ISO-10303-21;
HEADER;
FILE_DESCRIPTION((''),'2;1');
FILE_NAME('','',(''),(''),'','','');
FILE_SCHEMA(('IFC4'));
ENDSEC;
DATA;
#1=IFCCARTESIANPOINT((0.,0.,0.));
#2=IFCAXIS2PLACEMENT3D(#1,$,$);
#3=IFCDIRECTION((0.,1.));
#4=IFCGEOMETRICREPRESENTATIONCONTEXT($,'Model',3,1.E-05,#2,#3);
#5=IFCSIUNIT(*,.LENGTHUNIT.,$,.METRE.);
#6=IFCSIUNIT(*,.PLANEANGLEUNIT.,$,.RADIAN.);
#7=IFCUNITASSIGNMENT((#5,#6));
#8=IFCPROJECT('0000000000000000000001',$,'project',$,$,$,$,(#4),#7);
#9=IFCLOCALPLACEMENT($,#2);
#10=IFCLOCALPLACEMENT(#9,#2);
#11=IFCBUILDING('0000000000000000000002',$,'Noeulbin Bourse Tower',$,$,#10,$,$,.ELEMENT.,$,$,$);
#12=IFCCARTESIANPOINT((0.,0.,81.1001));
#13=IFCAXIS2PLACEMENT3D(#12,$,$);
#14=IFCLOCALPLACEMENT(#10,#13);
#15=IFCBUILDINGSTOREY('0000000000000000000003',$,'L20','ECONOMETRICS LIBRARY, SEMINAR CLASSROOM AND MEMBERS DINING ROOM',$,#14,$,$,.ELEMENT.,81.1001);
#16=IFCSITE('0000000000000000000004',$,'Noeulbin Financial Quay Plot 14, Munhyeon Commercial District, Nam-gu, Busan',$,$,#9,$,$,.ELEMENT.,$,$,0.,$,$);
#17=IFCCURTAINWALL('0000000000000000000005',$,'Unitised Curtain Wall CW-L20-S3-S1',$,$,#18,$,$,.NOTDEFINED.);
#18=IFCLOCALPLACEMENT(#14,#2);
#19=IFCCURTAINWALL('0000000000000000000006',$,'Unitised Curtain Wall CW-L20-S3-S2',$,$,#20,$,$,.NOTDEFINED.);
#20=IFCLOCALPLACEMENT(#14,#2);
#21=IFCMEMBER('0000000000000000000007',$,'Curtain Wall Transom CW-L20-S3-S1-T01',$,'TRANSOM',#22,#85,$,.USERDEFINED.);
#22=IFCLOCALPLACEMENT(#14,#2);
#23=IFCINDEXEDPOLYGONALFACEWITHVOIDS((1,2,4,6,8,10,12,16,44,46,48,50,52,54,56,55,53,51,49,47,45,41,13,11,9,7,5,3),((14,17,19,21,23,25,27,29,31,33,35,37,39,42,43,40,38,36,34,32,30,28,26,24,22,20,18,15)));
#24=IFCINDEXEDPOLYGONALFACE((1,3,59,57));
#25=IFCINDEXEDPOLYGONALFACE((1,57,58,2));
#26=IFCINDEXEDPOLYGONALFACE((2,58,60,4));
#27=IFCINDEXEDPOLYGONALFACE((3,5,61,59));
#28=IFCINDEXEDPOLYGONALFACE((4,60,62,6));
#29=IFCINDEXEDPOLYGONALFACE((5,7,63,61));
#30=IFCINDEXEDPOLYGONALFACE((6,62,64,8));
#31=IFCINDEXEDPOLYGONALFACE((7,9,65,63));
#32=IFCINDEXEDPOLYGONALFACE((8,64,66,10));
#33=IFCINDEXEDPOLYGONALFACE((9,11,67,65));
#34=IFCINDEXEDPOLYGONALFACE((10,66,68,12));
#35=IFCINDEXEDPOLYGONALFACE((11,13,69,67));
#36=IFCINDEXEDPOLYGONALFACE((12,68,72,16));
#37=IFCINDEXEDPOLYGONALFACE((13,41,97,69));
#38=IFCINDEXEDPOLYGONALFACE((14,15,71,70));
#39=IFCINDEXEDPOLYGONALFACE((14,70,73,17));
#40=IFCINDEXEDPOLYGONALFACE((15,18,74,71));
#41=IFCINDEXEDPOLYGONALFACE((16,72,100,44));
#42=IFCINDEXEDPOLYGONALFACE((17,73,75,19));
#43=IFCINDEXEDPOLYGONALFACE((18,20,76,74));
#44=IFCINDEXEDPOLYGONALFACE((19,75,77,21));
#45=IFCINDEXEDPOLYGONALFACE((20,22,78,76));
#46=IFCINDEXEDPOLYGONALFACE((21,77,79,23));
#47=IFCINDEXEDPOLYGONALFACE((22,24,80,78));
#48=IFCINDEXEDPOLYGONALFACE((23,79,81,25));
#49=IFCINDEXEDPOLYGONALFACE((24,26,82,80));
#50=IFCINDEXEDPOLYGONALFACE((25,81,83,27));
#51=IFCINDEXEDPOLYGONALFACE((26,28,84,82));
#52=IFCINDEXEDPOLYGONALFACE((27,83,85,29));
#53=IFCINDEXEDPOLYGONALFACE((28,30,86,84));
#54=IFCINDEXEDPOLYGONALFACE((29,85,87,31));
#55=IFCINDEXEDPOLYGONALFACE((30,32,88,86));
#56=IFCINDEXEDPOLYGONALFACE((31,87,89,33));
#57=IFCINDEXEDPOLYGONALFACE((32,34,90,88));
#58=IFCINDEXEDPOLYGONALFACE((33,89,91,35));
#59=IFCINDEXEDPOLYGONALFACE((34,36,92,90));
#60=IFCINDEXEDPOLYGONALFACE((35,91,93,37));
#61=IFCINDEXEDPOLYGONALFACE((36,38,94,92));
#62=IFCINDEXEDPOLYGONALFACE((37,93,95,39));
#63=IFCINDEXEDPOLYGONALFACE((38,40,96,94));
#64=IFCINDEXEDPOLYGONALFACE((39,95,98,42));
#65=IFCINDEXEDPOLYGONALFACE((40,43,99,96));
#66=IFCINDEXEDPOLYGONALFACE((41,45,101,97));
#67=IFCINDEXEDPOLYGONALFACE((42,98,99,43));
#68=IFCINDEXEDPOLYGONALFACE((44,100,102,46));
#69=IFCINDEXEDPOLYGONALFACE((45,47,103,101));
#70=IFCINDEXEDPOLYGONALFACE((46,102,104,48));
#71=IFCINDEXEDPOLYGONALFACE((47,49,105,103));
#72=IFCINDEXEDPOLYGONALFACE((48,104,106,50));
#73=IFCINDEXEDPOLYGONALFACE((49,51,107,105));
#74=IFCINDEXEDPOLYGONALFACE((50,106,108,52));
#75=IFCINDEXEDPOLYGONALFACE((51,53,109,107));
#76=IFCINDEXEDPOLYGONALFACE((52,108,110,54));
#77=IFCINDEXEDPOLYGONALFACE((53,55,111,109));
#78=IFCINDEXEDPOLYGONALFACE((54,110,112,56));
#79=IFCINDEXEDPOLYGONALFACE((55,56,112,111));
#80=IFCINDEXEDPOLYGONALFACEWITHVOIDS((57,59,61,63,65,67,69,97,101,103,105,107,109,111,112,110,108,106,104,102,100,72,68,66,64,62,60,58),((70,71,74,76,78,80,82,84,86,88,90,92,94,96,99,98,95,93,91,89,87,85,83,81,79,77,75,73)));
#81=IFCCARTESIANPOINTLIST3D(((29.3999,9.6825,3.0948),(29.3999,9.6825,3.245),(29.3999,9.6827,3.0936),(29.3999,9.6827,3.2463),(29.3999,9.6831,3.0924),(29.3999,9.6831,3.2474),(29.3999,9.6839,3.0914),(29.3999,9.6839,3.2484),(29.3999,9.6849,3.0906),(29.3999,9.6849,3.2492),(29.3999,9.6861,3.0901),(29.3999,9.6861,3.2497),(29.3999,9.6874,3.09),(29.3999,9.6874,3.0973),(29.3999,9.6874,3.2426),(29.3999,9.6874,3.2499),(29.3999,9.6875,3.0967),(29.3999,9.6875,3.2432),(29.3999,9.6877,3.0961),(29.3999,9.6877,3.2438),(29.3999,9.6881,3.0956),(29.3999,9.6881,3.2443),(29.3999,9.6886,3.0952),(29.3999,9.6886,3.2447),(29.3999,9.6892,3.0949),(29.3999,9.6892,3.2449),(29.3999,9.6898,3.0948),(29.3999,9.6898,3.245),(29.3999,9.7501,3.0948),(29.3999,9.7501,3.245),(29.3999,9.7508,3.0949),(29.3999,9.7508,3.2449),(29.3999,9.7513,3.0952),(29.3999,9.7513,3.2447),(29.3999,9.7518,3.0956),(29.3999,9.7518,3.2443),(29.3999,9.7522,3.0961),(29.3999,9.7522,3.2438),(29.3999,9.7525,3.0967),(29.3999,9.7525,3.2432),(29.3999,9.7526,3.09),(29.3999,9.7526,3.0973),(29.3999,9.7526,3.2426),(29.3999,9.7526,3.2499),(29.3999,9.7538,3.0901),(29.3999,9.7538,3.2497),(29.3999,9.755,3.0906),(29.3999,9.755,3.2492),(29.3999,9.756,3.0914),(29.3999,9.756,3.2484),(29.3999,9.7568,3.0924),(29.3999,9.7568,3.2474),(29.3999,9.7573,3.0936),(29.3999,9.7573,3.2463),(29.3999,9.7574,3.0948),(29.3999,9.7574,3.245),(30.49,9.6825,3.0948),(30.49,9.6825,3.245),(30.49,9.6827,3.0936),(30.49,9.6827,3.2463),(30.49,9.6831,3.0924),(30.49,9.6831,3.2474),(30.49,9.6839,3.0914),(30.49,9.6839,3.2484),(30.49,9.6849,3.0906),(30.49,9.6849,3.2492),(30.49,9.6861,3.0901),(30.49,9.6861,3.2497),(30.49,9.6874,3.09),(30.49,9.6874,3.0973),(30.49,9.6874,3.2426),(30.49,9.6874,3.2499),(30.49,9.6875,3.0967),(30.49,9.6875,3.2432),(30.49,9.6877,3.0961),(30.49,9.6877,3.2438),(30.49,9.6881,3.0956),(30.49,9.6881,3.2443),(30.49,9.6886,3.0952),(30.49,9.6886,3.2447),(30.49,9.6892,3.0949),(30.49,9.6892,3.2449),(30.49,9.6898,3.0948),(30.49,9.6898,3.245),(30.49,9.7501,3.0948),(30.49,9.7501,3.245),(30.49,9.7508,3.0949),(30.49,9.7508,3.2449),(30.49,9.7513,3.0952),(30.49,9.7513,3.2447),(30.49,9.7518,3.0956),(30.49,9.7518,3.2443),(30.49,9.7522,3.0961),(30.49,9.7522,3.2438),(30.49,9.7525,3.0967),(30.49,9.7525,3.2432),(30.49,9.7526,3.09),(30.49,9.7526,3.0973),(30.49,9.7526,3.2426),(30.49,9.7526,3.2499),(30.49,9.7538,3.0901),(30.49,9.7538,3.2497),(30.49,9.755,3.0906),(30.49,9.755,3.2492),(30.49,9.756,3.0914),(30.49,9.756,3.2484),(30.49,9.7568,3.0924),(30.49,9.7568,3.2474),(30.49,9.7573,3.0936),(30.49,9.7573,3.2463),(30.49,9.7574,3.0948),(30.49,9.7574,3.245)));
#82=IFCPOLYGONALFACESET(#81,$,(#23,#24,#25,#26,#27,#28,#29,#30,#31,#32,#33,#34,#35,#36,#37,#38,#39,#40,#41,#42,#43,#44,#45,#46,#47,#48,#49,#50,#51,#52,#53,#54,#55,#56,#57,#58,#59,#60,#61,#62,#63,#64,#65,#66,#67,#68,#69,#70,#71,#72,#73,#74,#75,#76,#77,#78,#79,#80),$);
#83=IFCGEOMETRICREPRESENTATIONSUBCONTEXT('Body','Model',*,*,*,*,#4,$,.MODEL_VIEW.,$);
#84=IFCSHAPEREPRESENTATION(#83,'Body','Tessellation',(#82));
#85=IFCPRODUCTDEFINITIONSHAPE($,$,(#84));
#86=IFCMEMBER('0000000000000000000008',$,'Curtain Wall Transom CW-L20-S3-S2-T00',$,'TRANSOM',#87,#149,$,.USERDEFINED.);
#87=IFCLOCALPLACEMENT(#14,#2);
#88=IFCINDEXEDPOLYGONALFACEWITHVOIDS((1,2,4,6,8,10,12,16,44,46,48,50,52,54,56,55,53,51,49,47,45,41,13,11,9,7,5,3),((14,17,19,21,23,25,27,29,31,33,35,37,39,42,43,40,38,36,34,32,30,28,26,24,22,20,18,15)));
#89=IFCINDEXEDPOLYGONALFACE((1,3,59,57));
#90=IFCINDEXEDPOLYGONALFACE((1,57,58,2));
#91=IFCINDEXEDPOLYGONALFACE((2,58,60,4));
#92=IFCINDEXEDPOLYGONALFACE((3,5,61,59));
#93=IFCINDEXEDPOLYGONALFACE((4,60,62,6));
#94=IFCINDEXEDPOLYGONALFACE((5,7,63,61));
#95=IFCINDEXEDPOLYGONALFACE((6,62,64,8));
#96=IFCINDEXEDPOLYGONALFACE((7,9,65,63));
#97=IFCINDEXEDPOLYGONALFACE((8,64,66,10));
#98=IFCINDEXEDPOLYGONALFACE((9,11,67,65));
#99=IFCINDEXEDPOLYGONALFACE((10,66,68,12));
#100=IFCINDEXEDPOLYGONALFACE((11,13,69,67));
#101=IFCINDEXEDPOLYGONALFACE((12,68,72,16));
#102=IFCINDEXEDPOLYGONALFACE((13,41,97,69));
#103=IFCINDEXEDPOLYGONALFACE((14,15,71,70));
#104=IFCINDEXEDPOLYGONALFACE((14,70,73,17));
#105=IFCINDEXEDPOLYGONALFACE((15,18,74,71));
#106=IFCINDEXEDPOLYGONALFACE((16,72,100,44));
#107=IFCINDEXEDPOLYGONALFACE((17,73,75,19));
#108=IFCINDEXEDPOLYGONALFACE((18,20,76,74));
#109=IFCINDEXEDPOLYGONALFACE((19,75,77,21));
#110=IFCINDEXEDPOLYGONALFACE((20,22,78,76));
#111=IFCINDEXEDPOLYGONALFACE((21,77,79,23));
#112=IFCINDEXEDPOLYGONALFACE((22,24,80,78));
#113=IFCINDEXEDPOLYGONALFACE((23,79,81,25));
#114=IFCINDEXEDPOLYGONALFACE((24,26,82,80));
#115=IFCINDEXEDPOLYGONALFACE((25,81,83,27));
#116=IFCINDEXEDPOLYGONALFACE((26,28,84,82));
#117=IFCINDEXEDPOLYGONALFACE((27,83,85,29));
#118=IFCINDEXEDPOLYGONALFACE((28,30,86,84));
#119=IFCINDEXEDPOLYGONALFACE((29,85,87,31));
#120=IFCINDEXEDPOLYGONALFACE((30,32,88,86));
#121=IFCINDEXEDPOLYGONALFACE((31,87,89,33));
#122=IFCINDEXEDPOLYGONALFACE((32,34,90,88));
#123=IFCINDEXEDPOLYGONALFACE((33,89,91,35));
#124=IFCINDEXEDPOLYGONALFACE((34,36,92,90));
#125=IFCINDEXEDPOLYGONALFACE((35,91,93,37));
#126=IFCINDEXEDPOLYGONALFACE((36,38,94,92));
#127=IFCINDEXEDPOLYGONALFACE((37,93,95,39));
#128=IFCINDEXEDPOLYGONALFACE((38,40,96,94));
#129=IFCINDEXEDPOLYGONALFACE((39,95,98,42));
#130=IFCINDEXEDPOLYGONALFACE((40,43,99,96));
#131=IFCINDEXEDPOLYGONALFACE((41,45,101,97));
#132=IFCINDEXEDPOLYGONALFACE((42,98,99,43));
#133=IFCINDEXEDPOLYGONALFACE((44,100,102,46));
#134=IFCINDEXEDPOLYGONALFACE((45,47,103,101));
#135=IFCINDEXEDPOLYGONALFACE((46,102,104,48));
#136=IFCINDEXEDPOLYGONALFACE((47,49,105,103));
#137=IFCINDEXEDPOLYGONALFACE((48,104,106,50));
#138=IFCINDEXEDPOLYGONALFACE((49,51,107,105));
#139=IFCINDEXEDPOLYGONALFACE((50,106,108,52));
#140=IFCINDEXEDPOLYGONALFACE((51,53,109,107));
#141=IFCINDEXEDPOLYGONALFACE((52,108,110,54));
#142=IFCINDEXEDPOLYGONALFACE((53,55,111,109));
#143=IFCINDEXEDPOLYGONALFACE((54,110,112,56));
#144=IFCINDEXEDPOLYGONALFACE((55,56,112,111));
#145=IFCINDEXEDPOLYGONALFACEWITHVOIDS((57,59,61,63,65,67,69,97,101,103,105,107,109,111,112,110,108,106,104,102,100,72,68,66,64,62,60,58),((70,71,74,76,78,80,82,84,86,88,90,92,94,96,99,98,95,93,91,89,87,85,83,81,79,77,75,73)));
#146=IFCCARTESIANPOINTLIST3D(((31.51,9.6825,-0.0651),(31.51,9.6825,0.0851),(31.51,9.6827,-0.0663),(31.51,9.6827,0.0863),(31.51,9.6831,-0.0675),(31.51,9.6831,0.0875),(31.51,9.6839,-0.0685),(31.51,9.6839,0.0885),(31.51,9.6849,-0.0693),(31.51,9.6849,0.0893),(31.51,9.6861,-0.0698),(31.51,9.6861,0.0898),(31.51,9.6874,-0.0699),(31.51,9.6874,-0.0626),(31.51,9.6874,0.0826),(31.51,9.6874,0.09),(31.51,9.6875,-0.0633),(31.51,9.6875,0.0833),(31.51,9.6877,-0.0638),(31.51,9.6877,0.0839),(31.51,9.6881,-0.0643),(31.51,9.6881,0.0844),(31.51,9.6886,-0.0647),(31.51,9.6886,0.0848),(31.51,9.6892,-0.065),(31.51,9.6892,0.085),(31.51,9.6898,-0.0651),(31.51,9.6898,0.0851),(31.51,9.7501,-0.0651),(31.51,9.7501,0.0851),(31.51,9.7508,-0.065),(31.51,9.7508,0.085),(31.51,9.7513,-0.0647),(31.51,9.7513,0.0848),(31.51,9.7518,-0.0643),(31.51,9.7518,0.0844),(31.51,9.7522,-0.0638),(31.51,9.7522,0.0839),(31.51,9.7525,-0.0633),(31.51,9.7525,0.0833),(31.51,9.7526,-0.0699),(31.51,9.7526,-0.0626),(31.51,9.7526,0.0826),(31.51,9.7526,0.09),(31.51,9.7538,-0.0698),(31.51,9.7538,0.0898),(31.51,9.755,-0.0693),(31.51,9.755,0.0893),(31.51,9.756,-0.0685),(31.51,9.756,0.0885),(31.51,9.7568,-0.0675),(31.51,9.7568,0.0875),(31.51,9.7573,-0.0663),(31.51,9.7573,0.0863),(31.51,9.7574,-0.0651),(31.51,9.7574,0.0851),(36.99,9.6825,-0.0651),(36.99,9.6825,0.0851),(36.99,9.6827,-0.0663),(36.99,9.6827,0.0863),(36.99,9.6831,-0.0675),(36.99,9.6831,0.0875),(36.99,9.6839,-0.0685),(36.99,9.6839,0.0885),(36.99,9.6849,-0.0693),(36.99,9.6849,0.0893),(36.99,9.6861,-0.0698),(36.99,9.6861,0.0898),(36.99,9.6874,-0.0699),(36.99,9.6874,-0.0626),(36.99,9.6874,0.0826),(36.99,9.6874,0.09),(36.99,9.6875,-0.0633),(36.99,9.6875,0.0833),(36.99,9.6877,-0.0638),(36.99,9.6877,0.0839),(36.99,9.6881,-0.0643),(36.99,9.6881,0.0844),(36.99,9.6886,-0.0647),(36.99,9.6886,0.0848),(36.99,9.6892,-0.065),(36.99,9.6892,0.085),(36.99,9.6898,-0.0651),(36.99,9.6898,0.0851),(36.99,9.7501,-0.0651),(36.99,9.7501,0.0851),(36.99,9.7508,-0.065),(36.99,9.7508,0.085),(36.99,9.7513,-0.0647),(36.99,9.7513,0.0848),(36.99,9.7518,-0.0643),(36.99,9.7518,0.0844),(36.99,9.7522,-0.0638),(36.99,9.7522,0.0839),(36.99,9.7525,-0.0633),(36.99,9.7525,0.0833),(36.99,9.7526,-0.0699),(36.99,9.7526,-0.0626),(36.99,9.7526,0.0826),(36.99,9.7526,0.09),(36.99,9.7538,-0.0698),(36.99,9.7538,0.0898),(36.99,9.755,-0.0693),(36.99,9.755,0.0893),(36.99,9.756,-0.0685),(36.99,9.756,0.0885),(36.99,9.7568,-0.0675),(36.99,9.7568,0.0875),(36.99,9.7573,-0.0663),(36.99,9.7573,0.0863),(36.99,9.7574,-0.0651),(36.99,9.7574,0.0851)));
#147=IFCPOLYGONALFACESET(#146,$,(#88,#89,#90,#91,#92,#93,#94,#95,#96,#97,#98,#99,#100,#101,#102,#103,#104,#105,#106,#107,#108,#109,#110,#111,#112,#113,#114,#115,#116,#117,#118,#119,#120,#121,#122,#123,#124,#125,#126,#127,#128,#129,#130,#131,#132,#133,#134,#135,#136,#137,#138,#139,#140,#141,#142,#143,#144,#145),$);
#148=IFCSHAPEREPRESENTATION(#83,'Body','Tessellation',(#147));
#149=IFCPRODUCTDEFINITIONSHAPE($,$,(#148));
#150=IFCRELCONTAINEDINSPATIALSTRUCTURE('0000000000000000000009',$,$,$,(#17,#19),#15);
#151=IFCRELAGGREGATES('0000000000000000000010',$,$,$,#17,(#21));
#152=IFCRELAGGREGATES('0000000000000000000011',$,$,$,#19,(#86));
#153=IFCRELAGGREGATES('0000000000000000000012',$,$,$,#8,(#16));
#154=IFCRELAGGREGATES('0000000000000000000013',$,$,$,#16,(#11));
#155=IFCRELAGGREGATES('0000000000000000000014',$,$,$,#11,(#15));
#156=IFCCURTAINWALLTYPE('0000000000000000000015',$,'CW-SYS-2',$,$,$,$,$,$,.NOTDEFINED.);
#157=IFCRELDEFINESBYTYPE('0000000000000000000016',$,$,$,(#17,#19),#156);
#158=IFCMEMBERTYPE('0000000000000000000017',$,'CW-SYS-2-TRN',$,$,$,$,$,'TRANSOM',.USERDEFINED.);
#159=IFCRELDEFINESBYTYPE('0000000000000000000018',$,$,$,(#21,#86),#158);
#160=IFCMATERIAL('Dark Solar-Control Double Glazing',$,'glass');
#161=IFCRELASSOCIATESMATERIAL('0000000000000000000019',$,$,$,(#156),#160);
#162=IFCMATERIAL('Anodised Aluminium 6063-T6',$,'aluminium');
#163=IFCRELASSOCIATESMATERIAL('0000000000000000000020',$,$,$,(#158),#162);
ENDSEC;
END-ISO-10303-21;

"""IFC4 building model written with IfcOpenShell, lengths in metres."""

from ifc_helpers import new_model, si_unit, direction, frame, origin, origin_2d, place, context, subcontext, project, spatial, hollow_rectangle, extrude, material, material_profile, profile_set, type_object, element, aggregate, save


model = new_model("IFC4")

# Units and contexts
model_context = context("Model", 3, precision=1e-05, world=origin(), true_north=direction((0.0, 1.0)))
body_context = subcontext(model_context, "Body", "Model", "MODEL_VIEW")
ifc_project = project(units=[si_unit("LENGTHUNIT", "METRE"), si_unit("PLANEANGLEUNIT", "RADIAN")], contexts=[model_context])

# Site, building, storey
site_placement = place(None, origin())
site = spatial("IfcSite", under=ifc_project, at=site_placement, Name="Noeulbin Financial Quay Plot 14, Munhyeon Commercial District, Nam-gu, Busan", CompositionType="ELEMENT", RefElevation=0.0)
building_placement = place(site_placement, origin())
building = spatial("IfcBuilding", under=site, at=building_placement, Name="Noeulbin Bourse Tower", CompositionType="ELEMENT")
storey_placement = place(building_placement, frame((0.0, 0.0, 81.1001)))
storey = spatial("IfcBuildingStorey", under=building, at=storey_placement, Name="L20", Description="ECONOMETRICS LIBRARY, SEMINAR CLASSROOM AND MEMBERS DINING ROOM", CompositionType="ELEMENT", Elevation=81.1001)

# Curtain walls
ifc_material_1 = material(Name="Dark Solar-Control Double Glazing", Category="glass")
curtain_wall_type = type_object("IfcCurtainWallType", Name="CW-SYS-2", PredefinedType="NOTDEFINED", material=ifc_material_1)
curtain_wall_1_placement = place(storey_placement, origin())
curtain_wall_1 = element("IfcCurtainWall", 1, at=curtain_wall_1_placement, inside=storey, type_object=curtain_wall_type, Name="Unitised Curtain Wall CW-L20-S3-S1", PredefinedType="NOTDEFINED")
ifc_material_2 = material(Name="Anodised Aluminium 6063-T6", Category="aluminium")
curtain_wall_2_placement = place(storey_placement, origin())
curtain_wall_2 = element("IfcCurtainWall", 2, at=curtain_wall_2_placement, inside=storey, type_object=curtain_wall_type, Name="Unitised Curtain Wall CW-L20-S3-S2", PredefinedType="NOTDEFINED")

# Members
ifc_material_profile_1 = material_profile(ifc_material_2, hollow_rectangle(XDim=0.075, YDim=0.1599, WallThickness=0.0049, InnerFilletRadius=0.0024, OuterFilletRadius=0.0049, at=origin_2d()), Name="ALU-TRAN-75x160x5", Category="LoadBearing")
ifc_profile_set_1 = profile_set([ifc_material_profile_1], Name="Anodised Aluminium 6063-T6")
member_type_1 = type_object("IfcMemberType", Name="CW-SYS-2-TRN", ElementType="TRANSOM", PredefinedType="USERDEFINED", material=ifc_profile_set_1)
member_1_placement = place(storey_placement, frame((29.3999, 9.72, 3.1699), z_axis=(1.0, 0.0, 0.0), x_axis=(0.0, 1.0, 0.0)))
member_1 = element("IfcMember", 3, at=member_1_placement, type_object=member_type_1, Name="Curtain Wall Transom CW-L20-S3-S1-T01", ObjectType="TRANSOM", PredefinedType="USERDEFINED", context=body_context, shape_type="SweptSolid", body=[
    extrude(hollow_rectangle(XDim=0.075, YDim=0.1599, WallThickness=0.0049, InnerFilletRadius=0.0024, OuterFilletRadius=0.0049, at=origin_2d()), origin(), (0.0, 0.0, 1.0), 1.0901),
])
member_2_placement = place(storey_placement, frame((31.51, 9.72, 0.01), z_axis=(1.0, 0.0, 0.0), x_axis=(0.0, 1.0, 0.0)))
member_2 = element("IfcMember", 4, at=member_2_placement, type_object=member_type_1, Name="Curtain Wall Transom CW-L20-S3-S2-T00", ObjectType="TRANSOM", PredefinedType="USERDEFINED", context=body_context, shape_type="SweptSolid", body=[
    extrude(hollow_rectangle(XDim=0.075, YDim=0.1599, WallThickness=0.0049, InnerFilletRadius=0.0024, OuterFilletRadius=0.0049, at=origin_2d()), origin(), (0.0, 0.0, 1.0), 5.48),
])

aggregate(curtain_wall_1, [member_1])
aggregate(curtain_wall_2, [member_2])

save(model, "model.ifc")
